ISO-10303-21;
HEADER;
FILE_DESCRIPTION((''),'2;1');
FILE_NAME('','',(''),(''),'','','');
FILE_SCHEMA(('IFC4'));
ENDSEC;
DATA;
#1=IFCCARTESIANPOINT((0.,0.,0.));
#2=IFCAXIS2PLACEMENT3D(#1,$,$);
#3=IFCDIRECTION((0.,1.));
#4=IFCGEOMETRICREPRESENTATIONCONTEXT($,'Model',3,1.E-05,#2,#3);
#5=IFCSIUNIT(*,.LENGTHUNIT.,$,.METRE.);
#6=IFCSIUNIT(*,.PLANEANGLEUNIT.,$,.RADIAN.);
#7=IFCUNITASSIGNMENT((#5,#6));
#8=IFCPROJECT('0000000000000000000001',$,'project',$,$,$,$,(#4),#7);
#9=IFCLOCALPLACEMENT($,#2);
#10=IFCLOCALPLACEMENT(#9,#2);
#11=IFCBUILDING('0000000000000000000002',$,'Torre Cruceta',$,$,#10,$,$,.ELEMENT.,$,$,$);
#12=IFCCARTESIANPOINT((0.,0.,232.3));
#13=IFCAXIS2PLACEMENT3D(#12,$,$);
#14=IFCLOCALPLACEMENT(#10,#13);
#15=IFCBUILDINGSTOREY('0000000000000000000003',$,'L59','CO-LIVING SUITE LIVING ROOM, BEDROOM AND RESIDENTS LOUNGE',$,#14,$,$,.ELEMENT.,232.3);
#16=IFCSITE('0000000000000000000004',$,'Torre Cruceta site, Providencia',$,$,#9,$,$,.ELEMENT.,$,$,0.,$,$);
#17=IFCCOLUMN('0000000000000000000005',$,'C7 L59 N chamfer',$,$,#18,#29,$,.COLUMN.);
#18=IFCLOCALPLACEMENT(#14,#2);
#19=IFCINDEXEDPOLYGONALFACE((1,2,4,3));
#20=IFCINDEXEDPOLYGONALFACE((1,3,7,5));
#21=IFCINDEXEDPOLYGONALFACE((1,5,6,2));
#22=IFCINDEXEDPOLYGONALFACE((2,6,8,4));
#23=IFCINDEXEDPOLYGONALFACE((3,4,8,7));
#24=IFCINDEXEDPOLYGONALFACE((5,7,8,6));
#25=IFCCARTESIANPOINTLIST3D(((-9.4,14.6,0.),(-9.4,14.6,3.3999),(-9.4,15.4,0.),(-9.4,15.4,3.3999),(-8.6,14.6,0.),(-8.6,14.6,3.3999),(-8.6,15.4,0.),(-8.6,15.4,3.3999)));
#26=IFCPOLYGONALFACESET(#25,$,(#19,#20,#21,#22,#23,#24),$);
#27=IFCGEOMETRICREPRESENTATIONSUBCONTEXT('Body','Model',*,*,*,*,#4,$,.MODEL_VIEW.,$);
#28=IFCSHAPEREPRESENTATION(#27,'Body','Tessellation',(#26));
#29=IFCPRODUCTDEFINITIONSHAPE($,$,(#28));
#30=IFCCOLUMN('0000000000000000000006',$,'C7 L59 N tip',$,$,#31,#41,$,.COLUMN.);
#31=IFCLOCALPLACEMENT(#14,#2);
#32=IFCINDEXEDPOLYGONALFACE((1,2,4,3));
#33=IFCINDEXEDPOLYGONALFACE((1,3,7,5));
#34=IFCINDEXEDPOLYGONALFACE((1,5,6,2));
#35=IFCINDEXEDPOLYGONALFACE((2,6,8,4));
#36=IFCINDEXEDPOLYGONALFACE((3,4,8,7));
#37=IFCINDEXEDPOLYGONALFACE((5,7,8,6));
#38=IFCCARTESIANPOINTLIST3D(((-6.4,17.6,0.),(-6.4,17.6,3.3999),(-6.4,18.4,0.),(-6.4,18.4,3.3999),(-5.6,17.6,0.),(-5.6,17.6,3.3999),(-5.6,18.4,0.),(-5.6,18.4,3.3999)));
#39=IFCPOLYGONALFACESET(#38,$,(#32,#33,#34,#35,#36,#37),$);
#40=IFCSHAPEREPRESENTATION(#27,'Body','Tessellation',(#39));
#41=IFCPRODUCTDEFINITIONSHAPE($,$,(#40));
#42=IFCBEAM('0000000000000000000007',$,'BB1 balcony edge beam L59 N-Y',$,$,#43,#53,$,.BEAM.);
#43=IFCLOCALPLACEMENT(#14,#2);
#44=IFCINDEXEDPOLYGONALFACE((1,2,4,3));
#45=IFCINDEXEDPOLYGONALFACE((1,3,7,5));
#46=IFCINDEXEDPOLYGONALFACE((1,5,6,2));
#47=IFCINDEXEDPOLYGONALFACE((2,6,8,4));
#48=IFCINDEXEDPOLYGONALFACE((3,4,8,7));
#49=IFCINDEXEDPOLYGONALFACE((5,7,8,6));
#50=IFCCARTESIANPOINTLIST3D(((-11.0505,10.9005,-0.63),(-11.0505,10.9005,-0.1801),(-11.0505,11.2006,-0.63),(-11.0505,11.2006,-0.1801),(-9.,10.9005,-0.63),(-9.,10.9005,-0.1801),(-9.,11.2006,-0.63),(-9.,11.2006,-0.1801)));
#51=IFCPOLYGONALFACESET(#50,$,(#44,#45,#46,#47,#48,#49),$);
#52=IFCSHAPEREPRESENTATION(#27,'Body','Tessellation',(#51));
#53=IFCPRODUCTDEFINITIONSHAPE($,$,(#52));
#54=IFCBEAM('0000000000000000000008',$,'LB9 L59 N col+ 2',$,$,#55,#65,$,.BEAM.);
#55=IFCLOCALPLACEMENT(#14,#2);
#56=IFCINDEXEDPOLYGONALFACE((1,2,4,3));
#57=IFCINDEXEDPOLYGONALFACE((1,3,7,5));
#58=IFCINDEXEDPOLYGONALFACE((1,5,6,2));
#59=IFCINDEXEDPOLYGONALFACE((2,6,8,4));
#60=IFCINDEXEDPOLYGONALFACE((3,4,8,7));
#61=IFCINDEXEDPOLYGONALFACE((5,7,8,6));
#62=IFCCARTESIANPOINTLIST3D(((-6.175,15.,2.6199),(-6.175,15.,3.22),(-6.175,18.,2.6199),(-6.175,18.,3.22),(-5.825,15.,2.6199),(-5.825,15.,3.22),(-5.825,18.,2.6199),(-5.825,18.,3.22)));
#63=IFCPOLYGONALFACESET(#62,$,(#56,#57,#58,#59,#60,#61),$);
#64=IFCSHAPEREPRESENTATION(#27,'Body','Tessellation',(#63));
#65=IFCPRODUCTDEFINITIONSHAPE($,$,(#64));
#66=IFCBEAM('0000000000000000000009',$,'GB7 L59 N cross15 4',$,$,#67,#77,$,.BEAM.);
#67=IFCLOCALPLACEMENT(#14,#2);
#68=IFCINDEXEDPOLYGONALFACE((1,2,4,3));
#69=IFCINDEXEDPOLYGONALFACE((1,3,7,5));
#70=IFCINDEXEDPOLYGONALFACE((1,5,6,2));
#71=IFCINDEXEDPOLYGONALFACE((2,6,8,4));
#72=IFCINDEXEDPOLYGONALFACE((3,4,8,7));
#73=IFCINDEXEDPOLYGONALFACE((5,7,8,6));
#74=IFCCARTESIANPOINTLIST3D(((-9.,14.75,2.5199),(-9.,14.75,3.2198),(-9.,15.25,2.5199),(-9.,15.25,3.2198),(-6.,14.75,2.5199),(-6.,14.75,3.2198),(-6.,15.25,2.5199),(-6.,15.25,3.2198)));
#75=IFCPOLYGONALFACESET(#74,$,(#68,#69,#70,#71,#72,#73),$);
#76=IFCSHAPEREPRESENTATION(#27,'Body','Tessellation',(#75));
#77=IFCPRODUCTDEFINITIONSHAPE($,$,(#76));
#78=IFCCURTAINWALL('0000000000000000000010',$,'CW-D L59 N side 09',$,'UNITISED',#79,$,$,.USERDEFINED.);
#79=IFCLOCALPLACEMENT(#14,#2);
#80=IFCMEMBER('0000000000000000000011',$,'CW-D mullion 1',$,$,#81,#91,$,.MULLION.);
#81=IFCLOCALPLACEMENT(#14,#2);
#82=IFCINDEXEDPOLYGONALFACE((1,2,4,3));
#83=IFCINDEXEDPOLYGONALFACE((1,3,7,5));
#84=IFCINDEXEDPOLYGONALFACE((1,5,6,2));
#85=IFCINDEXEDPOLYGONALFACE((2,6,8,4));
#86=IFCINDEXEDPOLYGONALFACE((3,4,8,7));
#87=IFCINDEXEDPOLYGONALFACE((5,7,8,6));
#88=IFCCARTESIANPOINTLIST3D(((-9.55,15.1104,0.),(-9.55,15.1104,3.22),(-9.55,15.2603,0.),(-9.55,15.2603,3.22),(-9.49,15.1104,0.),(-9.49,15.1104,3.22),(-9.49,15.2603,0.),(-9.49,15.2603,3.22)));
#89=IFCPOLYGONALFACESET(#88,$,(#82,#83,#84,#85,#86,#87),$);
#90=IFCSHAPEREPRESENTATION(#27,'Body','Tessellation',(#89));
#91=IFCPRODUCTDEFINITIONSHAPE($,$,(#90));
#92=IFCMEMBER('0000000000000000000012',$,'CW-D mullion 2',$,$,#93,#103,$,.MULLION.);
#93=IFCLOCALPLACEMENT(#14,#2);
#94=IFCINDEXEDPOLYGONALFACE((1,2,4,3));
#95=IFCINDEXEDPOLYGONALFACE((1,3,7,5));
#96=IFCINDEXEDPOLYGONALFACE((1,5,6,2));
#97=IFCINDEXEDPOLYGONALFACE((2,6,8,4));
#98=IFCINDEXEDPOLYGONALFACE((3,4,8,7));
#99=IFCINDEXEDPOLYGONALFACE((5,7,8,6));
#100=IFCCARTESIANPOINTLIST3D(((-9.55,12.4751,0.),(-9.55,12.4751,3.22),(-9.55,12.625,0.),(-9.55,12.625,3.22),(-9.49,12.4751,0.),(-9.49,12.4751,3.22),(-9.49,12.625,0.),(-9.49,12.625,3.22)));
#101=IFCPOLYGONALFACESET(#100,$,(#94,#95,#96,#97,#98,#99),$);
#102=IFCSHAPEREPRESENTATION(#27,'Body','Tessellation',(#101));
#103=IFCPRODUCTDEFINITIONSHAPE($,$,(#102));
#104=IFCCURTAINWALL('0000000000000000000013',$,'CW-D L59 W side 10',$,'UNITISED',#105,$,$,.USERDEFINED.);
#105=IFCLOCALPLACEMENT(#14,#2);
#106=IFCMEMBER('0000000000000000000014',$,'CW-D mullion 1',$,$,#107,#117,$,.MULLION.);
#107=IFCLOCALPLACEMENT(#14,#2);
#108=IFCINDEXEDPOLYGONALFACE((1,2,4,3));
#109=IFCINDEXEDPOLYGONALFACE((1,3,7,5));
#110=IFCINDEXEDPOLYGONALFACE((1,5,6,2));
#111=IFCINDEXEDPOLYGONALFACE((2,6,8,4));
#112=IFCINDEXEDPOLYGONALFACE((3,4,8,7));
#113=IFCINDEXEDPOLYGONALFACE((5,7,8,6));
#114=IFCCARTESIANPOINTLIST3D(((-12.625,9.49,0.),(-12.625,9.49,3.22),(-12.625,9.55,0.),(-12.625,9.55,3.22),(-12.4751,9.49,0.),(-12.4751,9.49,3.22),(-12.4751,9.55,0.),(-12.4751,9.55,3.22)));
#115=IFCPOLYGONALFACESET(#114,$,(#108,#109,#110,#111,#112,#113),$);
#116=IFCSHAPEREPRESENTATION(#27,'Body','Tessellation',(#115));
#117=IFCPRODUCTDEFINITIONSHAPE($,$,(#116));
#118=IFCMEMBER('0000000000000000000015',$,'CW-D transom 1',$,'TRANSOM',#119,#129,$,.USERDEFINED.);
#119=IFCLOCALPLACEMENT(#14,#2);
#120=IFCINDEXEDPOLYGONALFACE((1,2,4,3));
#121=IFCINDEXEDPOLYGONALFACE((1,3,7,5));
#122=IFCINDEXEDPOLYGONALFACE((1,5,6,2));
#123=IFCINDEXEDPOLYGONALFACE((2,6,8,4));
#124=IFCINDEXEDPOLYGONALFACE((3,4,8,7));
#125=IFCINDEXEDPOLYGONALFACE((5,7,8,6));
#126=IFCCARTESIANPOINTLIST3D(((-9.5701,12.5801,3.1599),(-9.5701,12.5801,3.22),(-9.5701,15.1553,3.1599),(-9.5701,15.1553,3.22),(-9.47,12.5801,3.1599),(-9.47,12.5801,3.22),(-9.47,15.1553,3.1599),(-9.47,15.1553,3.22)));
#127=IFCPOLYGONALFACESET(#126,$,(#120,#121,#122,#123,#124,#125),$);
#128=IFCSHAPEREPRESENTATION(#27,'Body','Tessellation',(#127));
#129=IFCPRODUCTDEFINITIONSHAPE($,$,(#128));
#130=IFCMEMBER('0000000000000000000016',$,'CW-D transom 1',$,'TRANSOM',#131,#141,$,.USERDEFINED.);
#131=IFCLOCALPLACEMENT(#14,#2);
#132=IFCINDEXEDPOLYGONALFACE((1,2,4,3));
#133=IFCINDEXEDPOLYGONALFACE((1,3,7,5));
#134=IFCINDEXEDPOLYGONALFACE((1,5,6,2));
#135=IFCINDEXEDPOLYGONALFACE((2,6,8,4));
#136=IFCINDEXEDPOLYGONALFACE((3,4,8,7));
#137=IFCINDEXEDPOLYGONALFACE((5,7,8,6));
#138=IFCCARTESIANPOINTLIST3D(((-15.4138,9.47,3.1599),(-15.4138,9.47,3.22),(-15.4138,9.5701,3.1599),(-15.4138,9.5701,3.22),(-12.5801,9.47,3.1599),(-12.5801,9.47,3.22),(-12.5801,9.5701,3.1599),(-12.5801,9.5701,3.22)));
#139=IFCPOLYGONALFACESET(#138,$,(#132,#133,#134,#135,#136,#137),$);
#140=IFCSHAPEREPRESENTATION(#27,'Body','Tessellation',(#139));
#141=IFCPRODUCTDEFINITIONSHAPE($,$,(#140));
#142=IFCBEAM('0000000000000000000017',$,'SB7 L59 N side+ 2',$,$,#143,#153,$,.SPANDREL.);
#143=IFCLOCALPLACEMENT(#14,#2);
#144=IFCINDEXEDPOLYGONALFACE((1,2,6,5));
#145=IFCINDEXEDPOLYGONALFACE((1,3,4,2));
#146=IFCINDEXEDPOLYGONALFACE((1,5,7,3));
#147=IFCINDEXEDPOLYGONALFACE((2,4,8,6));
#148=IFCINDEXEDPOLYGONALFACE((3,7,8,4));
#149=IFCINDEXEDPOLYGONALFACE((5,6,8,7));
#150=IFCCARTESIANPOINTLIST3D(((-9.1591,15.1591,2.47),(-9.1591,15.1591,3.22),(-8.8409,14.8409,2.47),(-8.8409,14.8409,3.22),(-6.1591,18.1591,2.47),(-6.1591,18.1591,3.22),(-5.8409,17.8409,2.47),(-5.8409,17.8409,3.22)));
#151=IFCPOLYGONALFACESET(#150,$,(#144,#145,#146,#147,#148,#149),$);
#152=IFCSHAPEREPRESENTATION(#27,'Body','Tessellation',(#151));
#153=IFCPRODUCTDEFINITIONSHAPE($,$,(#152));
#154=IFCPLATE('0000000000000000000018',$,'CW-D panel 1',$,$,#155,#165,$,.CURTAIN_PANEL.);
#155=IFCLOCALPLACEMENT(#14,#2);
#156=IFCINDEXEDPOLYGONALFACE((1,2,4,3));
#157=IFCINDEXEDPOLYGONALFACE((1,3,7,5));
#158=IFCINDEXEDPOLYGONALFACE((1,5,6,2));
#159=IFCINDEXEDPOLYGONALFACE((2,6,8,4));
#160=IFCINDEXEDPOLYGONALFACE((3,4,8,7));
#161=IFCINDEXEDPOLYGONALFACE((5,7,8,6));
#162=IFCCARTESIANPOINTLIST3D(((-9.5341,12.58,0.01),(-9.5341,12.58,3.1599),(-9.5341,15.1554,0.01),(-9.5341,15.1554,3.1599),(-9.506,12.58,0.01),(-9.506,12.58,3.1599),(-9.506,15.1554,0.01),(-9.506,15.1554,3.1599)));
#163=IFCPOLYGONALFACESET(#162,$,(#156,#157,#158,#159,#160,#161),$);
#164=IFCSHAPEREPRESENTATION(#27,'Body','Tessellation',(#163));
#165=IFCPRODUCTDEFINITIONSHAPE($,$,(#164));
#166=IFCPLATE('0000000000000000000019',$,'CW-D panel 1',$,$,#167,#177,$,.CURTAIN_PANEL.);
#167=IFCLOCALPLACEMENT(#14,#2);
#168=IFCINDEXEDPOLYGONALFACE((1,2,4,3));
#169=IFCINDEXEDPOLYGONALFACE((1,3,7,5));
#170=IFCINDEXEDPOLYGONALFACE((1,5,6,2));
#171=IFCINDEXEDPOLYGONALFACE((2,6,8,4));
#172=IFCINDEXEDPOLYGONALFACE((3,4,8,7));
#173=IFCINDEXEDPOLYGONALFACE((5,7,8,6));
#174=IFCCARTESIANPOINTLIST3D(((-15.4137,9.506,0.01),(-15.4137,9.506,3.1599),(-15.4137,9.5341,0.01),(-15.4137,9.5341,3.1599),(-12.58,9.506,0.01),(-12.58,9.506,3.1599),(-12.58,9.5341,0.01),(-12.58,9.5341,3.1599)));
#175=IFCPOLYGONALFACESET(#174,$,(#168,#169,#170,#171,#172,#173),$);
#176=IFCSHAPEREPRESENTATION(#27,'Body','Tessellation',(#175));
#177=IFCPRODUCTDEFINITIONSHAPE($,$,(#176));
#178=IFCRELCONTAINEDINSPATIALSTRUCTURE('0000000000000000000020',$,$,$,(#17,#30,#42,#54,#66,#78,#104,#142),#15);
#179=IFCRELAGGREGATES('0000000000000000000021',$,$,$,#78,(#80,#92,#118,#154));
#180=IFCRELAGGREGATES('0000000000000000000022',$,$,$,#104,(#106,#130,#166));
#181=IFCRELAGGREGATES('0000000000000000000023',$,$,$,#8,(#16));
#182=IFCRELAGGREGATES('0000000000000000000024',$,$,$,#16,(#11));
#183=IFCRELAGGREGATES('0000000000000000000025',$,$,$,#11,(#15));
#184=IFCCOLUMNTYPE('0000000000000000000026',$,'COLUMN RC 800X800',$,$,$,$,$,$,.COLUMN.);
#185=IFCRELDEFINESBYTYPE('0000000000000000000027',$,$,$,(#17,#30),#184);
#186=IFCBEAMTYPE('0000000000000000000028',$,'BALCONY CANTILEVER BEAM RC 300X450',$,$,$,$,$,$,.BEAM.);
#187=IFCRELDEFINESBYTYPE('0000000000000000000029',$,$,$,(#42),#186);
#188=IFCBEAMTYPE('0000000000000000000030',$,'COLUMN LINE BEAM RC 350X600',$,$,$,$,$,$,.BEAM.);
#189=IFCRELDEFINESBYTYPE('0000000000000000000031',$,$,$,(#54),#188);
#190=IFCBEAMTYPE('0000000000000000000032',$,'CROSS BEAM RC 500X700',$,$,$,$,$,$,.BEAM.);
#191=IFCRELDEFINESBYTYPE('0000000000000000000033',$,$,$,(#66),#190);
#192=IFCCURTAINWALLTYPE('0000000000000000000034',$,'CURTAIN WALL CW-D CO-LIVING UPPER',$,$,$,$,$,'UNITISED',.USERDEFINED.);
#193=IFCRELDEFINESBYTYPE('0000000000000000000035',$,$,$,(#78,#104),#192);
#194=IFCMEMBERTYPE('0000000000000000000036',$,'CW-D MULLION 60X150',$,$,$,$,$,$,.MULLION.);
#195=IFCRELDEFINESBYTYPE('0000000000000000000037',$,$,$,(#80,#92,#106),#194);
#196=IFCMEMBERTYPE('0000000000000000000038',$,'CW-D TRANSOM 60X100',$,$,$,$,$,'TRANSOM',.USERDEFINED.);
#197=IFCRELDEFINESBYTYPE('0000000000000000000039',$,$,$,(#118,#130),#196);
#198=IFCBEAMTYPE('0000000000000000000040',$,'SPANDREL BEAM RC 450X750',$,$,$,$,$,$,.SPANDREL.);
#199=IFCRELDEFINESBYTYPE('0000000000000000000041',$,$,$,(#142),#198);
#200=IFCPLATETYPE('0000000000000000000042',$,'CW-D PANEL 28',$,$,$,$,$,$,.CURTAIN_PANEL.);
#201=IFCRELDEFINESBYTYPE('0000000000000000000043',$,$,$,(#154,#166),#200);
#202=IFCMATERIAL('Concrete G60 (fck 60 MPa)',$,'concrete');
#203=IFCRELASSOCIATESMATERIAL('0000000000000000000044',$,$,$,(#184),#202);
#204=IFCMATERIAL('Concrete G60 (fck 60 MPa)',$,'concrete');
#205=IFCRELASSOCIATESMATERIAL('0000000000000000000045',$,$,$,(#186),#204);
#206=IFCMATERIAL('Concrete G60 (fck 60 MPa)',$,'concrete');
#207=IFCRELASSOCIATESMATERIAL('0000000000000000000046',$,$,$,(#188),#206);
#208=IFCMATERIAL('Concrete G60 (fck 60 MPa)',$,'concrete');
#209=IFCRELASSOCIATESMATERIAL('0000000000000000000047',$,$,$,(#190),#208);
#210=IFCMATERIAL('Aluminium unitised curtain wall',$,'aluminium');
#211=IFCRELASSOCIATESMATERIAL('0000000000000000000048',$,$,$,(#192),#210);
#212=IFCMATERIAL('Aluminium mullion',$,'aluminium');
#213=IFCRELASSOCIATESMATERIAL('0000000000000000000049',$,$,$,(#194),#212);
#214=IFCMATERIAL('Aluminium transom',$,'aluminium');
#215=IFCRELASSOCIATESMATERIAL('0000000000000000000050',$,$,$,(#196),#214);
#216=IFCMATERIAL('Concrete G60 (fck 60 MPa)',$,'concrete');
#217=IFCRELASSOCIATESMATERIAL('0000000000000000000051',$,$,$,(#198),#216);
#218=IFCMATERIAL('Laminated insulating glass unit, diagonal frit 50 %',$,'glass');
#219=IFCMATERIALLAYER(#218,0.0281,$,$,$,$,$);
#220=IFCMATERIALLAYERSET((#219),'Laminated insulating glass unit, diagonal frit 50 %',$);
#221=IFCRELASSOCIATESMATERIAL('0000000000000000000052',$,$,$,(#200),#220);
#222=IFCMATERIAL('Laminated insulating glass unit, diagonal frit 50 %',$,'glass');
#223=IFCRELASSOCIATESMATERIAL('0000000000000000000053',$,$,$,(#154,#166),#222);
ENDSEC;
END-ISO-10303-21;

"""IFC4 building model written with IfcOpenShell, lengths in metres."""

from ifc_helpers import new_model, si_unit, direction, frame, origin, origin_2d, place, context, subcontext, project, spatial, rectangle, extrude, material, layer, layer_set, material_profile, profile_set, type_object, element, aggregate, save


model = new_model("IFC4")

# Units and contexts
model_context = context("Model", 3, precision=1e-05, world=origin(), true_north=direction((0.0, 1.0)))
body_context = subcontext(model_context, "Body", "Model", "MODEL_VIEW")
ifc_project = project(units=[si_unit("LENGTHUNIT", "METRE"), si_unit("PLANEANGLEUNIT", "RADIAN")], contexts=[model_context])

# Site, building, storey
site_placement = place(None, origin())
site = spatial("IfcSite", under=ifc_project, at=site_placement, Name="Torre Cruceta site, Providencia", CompositionType="ELEMENT", RefElevation=0.0)
building_placement = place(site_placement, origin())
building = spatial("IfcBuilding", under=site, at=building_placement, Name="Torre Cruceta", CompositionType="ELEMENT")
storey_placement = place(building_placement, frame((0.0, 0.0, 232.3)))
storey = spatial("IfcBuildingStorey", under=building, at=storey_placement, Name="L59", Description="CO-LIVING SUITE LIVING ROOM, BEDROOM AND RESIDENTS LOUNGE", CompositionType="ELEMENT", Elevation=232.3)

# Columns
ifc_material_1 = material(Name="Concrete G60 (fck 60 MPa)", Category="concrete")
ifc_material_profile_1 = material_profile(ifc_material_1, rectangle(XDim=0.8, YDim=0.8, at=origin_2d()), Name="RC 800X800")
ifc_profile_set_1 = profile_set([ifc_material_profile_1], Name="Concrete G60 (fck 60 MPa)")
column_type = type_object("IfcColumnType", Name="COLUMN RC 800X800", PredefinedType="COLUMN", material=ifc_profile_set_1)
for number, where, z_axis, x_axis, name in (
    (1, (-9.0, 15.0, 0.0), (0.0, 0.0, 1.0), (1.0, 0.0, 0.0), "C7 L59 N chamfer"),
    (2, (-6.0, 18.0, 0.0), (0.0, 0.0, 1.0), (1.0, 0.0, 0.0), "C7 L59 N tip"),
):
    element("IfcColumn", number, at=place(storey_placement, frame(where, z_axis=z_axis, x_axis=x_axis)), inside=storey, type_object=column_type, Name=name, PredefinedType="COLUMN", context=body_context, shape_type="SweptSolid", body=[
        extrude(rectangle(XDim=0.8, YDim=0.8, at=origin_2d()), origin(), (0.0, 0.0, 1.0), 3.3999),
    ])

# Beams
ifc_material_2 = material(Name="Concrete G60 (fck 60 MPa)", Category="concrete")
ifc_material_profile_2 = material_profile(ifc_material_2, rectangle(XDim=0.3, YDim=0.45, at=origin_2d()), Name="RC 300X450")
ifc_profile_set_2 = profile_set([ifc_material_profile_2], Name="Concrete G60 (fck 60 MPa)")
beam_type_1 = type_object("IfcBeamType", Name="BALCONY CANTILEVER BEAM RC 300X450", PredefinedType="BEAM", material=ifc_profile_set_2)
beam_1_placement = place(storey_placement, frame((-9.0, 11.0505, -0.405), z_axis=(-1.0, 0.0, 0.0), x_axis=(0.0, -1.0, 0.0)))
element("IfcBeam", 3, at=beam_1_placement, inside=storey, type_object=beam_type_1, Name="BB1 balcony edge beam L59 N-Y", PredefinedType="BEAM", context=body_context, shape_type="SweptSolid", body=[
    extrude(rectangle(XDim=0.3, YDim=0.45, at=origin_2d()), origin(), (0.0, 0.0, 1.0), 2.0505),
])
ifc_material_3 = material(Name="Concrete G60 (fck 60 MPa)", Category="concrete")
ifc_material_profile_3 = material_profile(ifc_material_3, rectangle(XDim=0.3501, YDim=0.6001, at=origin_2d()), Name="RC 350X600")
ifc_profile_set_3 = profile_set([ifc_material_profile_3], Name="Concrete G60 (fck 60 MPa)")
beam_type_2 = type_object("IfcBeamType", Name="COLUMN LINE BEAM RC 350X600", PredefinedType="BEAM", material=ifc_profile_set_3)
beam_2_placement = place(storey_placement, frame((-6.0, 15.0, 2.9199), z_axis=(0.0, 1.0, 0.0), x_axis=(-1.0, 0.0, 0.0)))
element("IfcBeam", 4, at=beam_2_placement, inside=storey, type_object=beam_type_2, Name="LB9 L59 N col+ 2", PredefinedType="BEAM", context=body_context, shape_type="SweptSolid", body=[
    extrude(rectangle(XDim=0.3501, YDim=0.6001, at=origin_2d()), origin(), (0.0, 0.0, 1.0), 3.0),
])
ifc_material_4 = material(Name="Concrete G60 (fck 60 MPa)", Category="concrete")
ifc_material_profile_4 = material_profile(ifc_material_4, rectangle(XDim=0.5, YDim=0.7, at=origin_2d()), Name="RC 500X700")
ifc_profile_set_4 = profile_set([ifc_material_profile_4], Name="Concrete G60 (fck 60 MPa)")
beam_type_3 = type_object("IfcBeamType", Name="CROSS BEAM RC 500X700", PredefinedType="BEAM", material=ifc_profile_set_4)
beam_3_placement = place(storey_placement, frame((-6.0, 15.0, 2.8699), z_axis=(-1.0, 0.0, 0.0), x_axis=(0.0, -1.0, 0.0)))
element("IfcBeam", 5, at=beam_3_placement, inside=storey, type_object=beam_type_3, Name="GB7 L59 N cross15 4", PredefinedType="BEAM", context=body_context, shape_type="SweptSolid", body=[
    extrude(rectangle(XDim=0.5, YDim=0.7, at=origin_2d()), origin(), (0.0, 0.0, 1.0), 3.0),
])

# Curtain wall, members
ifc_material_5 = material(Name="Aluminium unitised curtain wall", Category="aluminium")
curtain_wall_type = type_object("IfcCurtainWallType", Name="CURTAIN WALL CW-D CO-LIVING UPPER", ElementType="UNITISED", PredefinedType="USERDEFINED", material=ifc_material_5)
curtain_wall_1_placement = place(storey_placement, origin())
curtain_wall_1 = element("IfcCurtainWall", 6, at=curtain_wall_1_placement, inside=storey, type_object=curtain_wall_type, Name="CW-D L59 N side 09", ObjectType="UNITISED", PredefinedType="USERDEFINED")
ifc_material_6 = material(Name="Aluminium mullion", Category="aluminium")
ifc_material_profile_5 = material_profile(ifc_material_6, rectangle(XDim=0.0601, YDim=0.1499, at=origin_2d()), Name="AL 60X150")
ifc_profile_set_5 = profile_set([ifc_material_profile_5], Name="Aluminium mullion")
member_type_1 = type_object("IfcMemberType", Name="CW-D MULLION 60X150", PredefinedType="MULLION", material=ifc_profile_set_5)
member_1_placement = place(storey_placement, frame((-9.52, 15.1853, 0.0), z_axis=(0.0, 0.0, 1.0), x_axis=(1.0, 0.0, 0.0)))
member_1 = element("IfcMember", 7, at=member_1_placement, type_object=member_type_1, Name="CW-D mullion 1", PredefinedType="MULLION", context=body_context, shape_type="SweptSolid", body=[
    extrude(rectangle(XDim=0.0601, YDim=0.1499, at=origin_2d()), origin(), (0.0, 0.0, 1.0), 3.22),
])
member_2_placement = place(storey_placement, frame((-9.52, 12.55, 0.0), z_axis=(0.0, 0.0, 1.0), x_axis=(1.0, 0.0, 0.0)))
member_2 = element("IfcMember", 8, at=member_2_placement, type_object=member_type_1, Name="CW-D mullion 2", PredefinedType="MULLION", context=body_context, shape_type="SweptSolid", body=[
    extrude(rectangle(XDim=0.0601, YDim=0.1499, at=origin_2d()), origin(), (0.0, 0.0, 1.0), 3.22),
])

# Curtain wall, member
curtain_wall_2_placement = place(storey_placement, origin())
curtain_wall_2 = element("IfcCurtainWall", 9, at=curtain_wall_2_placement, inside=storey, type_object=curtain_wall_type, Name="CW-D L59 W side 10", ObjectType="UNITISED", PredefinedType="USERDEFINED")
member_3_placement = place(storey_placement, frame((-12.55, 9.52, 0.0), z_axis=(0.0, 0.0, 1.0), x_axis=(0.0, -1.0, 0.0)))
member_3 = element("IfcMember", 10, at=member_3_placement, type_object=member_type_1, Name="CW-D mullion 1", PredefinedType="MULLION", context=body_context, shape_type="SweptSolid", body=[
    extrude(rectangle(XDim=0.0601, YDim=0.1499, at=origin_2d()), origin(), (0.0, 0.0, 1.0), 3.22),
])

# Members
ifc_material_7 = material(Name="Aluminium transom", Category="aluminium")
ifc_material_profile_6 = material_profile(ifc_material_7, rectangle(XDim=0.1001, YDim=0.0601, at=origin_2d()), Name="AL 100X60")
ifc_profile_set_6 = profile_set([ifc_material_profile_6], Name="Aluminium transom")
member_type_2 = type_object("IfcMemberType", Name="CW-D TRANSOM 60X100", ElementType="TRANSOM", PredefinedType="USERDEFINED", material=ifc_profile_set_6)
member_4_placement = place(storey_placement, frame((-9.52, 15.1553, 3.1899), z_axis=(0.0, -1.0, 0.0), x_axis=(1.0, 0.0, 0.0)))
member_4 = element("IfcMember", 11, at=member_4_placement, type_object=member_type_2, Name="CW-D transom 1", ObjectType="TRANSOM", PredefinedType="USERDEFINED", context=body_context, shape_type="SweptSolid", body=[
    extrude(rectangle(XDim=0.1001, YDim=0.0601, at=origin_2d()), origin(), (0.0, 0.0, 1.0), 2.5752),
])
member_5_placement = place(storey_placement, frame((-12.5801, 9.52, 3.1899), z_axis=(-1.0, 0.0, 0.0), x_axis=(0.0, -1.0, 0.0)))
member_5 = element("IfcMember", 12, at=member_5_placement, type_object=member_type_2, Name="CW-D transom 1", ObjectType="TRANSOM", PredefinedType="USERDEFINED", context=body_context, shape_type="SweptSolid", body=[
    extrude(rectangle(XDim=0.1001, YDim=0.0601, at=origin_2d()), origin(), (0.0, 0.0, 1.0), 2.8337),
])

# Beam
ifc_material_8 = material(Name="Concrete G60 (fck 60 MPa)", Category="concrete")
ifc_material_profile_7 = material_profile(ifc_material_8, rectangle(XDim=0.45, YDim=0.75, at=origin_2d()), Name="RC 450X750")
ifc_profile_set_7 = profile_set([ifc_material_profile_7], Name="Concrete G60 (fck 60 MPa)")
beam_type_4 = type_object("IfcBeamType", Name="SPANDREL BEAM RC 450X750", PredefinedType="SPANDREL", material=ifc_profile_set_7)
beam_4_placement = place(storey_placement, frame((-9.0, 15.0, 2.845), z_axis=(0.707107, 0.707107, 0.0), x_axis=(-0.707107, 0.707107, 0.0)))
element("IfcBeam", 13, at=beam_4_placement, inside=storey, type_object=beam_type_4, Name="SB7 L59 N side+ 2", PredefinedType="SPANDREL", context=body_context, shape_type="SweptSolid", body=[
    extrude(rectangle(XDim=0.45, YDim=0.75, at=origin_2d()), origin(), (0.0, 0.0, 1.0), 4.2427),
])

# Plates
ifc_material_9 = material(Name="Laminated insulating glass unit, diagonal frit 50 %", Category="glass")
ifc_material_10 = material(Name="Laminated insulating glass unit, diagonal frit 50 %", Category="glass")
ifc_layer_1 = layer(ifc_material_10, 0.0281)
ifc_layer_set_1 = layer_set([ifc_layer_1], Name="Laminated insulating glass unit, diagonal frit 50 %")
plate_type = type_object("IfcPlateType", Name="CW-D PANEL 28", PredefinedType="CURTAIN_PANEL", material=ifc_layer_set_1)
plate_1_placement = place(storey_placement, frame((-9.52, 13.8677, 0.01), z_axis=(0.0, 0.0, 1.0), x_axis=(0.0, -1.0, 0.0)))
plate_1 = element("IfcPlate", 14, at=plate_1_placement, type_object=plate_type, material=ifc_material_9, Name="CW-D panel 1", PredefinedType="CURTAIN_PANEL", context=body_context, shape_type="SweptSolid", body=[
    extrude(rectangle(XDim=2.5754, YDim=0.0281, at=origin_2d()), origin(), (0.0, 0.0, 1.0), 3.1499),
])
aggregate(curtain_wall_1, [member_1, member_2, member_4, plate_1])
plate_2_placement = place(storey_placement, frame((-13.9968, 9.52, 0.01), z_axis=(0.0, 0.0, 1.0), x_axis=(-1.0, 0.0, 0.0)))
plate_2 = element("IfcPlate", 15, at=plate_2_placement, type_object=plate_type, material=ifc_material_9, Name="CW-D panel 1", PredefinedType="CURTAIN_PANEL", context=body_context, shape_type="SweptSolid", body=[
    extrude(rectangle(XDim=2.8337, YDim=0.0281, at=origin_2d()), origin(), (0.0, 0.0, 1.0), 3.1499),
])
aggregate(curtain_wall_2, [member_3, member_5, plate_2])

save(model, "model.ifc")
